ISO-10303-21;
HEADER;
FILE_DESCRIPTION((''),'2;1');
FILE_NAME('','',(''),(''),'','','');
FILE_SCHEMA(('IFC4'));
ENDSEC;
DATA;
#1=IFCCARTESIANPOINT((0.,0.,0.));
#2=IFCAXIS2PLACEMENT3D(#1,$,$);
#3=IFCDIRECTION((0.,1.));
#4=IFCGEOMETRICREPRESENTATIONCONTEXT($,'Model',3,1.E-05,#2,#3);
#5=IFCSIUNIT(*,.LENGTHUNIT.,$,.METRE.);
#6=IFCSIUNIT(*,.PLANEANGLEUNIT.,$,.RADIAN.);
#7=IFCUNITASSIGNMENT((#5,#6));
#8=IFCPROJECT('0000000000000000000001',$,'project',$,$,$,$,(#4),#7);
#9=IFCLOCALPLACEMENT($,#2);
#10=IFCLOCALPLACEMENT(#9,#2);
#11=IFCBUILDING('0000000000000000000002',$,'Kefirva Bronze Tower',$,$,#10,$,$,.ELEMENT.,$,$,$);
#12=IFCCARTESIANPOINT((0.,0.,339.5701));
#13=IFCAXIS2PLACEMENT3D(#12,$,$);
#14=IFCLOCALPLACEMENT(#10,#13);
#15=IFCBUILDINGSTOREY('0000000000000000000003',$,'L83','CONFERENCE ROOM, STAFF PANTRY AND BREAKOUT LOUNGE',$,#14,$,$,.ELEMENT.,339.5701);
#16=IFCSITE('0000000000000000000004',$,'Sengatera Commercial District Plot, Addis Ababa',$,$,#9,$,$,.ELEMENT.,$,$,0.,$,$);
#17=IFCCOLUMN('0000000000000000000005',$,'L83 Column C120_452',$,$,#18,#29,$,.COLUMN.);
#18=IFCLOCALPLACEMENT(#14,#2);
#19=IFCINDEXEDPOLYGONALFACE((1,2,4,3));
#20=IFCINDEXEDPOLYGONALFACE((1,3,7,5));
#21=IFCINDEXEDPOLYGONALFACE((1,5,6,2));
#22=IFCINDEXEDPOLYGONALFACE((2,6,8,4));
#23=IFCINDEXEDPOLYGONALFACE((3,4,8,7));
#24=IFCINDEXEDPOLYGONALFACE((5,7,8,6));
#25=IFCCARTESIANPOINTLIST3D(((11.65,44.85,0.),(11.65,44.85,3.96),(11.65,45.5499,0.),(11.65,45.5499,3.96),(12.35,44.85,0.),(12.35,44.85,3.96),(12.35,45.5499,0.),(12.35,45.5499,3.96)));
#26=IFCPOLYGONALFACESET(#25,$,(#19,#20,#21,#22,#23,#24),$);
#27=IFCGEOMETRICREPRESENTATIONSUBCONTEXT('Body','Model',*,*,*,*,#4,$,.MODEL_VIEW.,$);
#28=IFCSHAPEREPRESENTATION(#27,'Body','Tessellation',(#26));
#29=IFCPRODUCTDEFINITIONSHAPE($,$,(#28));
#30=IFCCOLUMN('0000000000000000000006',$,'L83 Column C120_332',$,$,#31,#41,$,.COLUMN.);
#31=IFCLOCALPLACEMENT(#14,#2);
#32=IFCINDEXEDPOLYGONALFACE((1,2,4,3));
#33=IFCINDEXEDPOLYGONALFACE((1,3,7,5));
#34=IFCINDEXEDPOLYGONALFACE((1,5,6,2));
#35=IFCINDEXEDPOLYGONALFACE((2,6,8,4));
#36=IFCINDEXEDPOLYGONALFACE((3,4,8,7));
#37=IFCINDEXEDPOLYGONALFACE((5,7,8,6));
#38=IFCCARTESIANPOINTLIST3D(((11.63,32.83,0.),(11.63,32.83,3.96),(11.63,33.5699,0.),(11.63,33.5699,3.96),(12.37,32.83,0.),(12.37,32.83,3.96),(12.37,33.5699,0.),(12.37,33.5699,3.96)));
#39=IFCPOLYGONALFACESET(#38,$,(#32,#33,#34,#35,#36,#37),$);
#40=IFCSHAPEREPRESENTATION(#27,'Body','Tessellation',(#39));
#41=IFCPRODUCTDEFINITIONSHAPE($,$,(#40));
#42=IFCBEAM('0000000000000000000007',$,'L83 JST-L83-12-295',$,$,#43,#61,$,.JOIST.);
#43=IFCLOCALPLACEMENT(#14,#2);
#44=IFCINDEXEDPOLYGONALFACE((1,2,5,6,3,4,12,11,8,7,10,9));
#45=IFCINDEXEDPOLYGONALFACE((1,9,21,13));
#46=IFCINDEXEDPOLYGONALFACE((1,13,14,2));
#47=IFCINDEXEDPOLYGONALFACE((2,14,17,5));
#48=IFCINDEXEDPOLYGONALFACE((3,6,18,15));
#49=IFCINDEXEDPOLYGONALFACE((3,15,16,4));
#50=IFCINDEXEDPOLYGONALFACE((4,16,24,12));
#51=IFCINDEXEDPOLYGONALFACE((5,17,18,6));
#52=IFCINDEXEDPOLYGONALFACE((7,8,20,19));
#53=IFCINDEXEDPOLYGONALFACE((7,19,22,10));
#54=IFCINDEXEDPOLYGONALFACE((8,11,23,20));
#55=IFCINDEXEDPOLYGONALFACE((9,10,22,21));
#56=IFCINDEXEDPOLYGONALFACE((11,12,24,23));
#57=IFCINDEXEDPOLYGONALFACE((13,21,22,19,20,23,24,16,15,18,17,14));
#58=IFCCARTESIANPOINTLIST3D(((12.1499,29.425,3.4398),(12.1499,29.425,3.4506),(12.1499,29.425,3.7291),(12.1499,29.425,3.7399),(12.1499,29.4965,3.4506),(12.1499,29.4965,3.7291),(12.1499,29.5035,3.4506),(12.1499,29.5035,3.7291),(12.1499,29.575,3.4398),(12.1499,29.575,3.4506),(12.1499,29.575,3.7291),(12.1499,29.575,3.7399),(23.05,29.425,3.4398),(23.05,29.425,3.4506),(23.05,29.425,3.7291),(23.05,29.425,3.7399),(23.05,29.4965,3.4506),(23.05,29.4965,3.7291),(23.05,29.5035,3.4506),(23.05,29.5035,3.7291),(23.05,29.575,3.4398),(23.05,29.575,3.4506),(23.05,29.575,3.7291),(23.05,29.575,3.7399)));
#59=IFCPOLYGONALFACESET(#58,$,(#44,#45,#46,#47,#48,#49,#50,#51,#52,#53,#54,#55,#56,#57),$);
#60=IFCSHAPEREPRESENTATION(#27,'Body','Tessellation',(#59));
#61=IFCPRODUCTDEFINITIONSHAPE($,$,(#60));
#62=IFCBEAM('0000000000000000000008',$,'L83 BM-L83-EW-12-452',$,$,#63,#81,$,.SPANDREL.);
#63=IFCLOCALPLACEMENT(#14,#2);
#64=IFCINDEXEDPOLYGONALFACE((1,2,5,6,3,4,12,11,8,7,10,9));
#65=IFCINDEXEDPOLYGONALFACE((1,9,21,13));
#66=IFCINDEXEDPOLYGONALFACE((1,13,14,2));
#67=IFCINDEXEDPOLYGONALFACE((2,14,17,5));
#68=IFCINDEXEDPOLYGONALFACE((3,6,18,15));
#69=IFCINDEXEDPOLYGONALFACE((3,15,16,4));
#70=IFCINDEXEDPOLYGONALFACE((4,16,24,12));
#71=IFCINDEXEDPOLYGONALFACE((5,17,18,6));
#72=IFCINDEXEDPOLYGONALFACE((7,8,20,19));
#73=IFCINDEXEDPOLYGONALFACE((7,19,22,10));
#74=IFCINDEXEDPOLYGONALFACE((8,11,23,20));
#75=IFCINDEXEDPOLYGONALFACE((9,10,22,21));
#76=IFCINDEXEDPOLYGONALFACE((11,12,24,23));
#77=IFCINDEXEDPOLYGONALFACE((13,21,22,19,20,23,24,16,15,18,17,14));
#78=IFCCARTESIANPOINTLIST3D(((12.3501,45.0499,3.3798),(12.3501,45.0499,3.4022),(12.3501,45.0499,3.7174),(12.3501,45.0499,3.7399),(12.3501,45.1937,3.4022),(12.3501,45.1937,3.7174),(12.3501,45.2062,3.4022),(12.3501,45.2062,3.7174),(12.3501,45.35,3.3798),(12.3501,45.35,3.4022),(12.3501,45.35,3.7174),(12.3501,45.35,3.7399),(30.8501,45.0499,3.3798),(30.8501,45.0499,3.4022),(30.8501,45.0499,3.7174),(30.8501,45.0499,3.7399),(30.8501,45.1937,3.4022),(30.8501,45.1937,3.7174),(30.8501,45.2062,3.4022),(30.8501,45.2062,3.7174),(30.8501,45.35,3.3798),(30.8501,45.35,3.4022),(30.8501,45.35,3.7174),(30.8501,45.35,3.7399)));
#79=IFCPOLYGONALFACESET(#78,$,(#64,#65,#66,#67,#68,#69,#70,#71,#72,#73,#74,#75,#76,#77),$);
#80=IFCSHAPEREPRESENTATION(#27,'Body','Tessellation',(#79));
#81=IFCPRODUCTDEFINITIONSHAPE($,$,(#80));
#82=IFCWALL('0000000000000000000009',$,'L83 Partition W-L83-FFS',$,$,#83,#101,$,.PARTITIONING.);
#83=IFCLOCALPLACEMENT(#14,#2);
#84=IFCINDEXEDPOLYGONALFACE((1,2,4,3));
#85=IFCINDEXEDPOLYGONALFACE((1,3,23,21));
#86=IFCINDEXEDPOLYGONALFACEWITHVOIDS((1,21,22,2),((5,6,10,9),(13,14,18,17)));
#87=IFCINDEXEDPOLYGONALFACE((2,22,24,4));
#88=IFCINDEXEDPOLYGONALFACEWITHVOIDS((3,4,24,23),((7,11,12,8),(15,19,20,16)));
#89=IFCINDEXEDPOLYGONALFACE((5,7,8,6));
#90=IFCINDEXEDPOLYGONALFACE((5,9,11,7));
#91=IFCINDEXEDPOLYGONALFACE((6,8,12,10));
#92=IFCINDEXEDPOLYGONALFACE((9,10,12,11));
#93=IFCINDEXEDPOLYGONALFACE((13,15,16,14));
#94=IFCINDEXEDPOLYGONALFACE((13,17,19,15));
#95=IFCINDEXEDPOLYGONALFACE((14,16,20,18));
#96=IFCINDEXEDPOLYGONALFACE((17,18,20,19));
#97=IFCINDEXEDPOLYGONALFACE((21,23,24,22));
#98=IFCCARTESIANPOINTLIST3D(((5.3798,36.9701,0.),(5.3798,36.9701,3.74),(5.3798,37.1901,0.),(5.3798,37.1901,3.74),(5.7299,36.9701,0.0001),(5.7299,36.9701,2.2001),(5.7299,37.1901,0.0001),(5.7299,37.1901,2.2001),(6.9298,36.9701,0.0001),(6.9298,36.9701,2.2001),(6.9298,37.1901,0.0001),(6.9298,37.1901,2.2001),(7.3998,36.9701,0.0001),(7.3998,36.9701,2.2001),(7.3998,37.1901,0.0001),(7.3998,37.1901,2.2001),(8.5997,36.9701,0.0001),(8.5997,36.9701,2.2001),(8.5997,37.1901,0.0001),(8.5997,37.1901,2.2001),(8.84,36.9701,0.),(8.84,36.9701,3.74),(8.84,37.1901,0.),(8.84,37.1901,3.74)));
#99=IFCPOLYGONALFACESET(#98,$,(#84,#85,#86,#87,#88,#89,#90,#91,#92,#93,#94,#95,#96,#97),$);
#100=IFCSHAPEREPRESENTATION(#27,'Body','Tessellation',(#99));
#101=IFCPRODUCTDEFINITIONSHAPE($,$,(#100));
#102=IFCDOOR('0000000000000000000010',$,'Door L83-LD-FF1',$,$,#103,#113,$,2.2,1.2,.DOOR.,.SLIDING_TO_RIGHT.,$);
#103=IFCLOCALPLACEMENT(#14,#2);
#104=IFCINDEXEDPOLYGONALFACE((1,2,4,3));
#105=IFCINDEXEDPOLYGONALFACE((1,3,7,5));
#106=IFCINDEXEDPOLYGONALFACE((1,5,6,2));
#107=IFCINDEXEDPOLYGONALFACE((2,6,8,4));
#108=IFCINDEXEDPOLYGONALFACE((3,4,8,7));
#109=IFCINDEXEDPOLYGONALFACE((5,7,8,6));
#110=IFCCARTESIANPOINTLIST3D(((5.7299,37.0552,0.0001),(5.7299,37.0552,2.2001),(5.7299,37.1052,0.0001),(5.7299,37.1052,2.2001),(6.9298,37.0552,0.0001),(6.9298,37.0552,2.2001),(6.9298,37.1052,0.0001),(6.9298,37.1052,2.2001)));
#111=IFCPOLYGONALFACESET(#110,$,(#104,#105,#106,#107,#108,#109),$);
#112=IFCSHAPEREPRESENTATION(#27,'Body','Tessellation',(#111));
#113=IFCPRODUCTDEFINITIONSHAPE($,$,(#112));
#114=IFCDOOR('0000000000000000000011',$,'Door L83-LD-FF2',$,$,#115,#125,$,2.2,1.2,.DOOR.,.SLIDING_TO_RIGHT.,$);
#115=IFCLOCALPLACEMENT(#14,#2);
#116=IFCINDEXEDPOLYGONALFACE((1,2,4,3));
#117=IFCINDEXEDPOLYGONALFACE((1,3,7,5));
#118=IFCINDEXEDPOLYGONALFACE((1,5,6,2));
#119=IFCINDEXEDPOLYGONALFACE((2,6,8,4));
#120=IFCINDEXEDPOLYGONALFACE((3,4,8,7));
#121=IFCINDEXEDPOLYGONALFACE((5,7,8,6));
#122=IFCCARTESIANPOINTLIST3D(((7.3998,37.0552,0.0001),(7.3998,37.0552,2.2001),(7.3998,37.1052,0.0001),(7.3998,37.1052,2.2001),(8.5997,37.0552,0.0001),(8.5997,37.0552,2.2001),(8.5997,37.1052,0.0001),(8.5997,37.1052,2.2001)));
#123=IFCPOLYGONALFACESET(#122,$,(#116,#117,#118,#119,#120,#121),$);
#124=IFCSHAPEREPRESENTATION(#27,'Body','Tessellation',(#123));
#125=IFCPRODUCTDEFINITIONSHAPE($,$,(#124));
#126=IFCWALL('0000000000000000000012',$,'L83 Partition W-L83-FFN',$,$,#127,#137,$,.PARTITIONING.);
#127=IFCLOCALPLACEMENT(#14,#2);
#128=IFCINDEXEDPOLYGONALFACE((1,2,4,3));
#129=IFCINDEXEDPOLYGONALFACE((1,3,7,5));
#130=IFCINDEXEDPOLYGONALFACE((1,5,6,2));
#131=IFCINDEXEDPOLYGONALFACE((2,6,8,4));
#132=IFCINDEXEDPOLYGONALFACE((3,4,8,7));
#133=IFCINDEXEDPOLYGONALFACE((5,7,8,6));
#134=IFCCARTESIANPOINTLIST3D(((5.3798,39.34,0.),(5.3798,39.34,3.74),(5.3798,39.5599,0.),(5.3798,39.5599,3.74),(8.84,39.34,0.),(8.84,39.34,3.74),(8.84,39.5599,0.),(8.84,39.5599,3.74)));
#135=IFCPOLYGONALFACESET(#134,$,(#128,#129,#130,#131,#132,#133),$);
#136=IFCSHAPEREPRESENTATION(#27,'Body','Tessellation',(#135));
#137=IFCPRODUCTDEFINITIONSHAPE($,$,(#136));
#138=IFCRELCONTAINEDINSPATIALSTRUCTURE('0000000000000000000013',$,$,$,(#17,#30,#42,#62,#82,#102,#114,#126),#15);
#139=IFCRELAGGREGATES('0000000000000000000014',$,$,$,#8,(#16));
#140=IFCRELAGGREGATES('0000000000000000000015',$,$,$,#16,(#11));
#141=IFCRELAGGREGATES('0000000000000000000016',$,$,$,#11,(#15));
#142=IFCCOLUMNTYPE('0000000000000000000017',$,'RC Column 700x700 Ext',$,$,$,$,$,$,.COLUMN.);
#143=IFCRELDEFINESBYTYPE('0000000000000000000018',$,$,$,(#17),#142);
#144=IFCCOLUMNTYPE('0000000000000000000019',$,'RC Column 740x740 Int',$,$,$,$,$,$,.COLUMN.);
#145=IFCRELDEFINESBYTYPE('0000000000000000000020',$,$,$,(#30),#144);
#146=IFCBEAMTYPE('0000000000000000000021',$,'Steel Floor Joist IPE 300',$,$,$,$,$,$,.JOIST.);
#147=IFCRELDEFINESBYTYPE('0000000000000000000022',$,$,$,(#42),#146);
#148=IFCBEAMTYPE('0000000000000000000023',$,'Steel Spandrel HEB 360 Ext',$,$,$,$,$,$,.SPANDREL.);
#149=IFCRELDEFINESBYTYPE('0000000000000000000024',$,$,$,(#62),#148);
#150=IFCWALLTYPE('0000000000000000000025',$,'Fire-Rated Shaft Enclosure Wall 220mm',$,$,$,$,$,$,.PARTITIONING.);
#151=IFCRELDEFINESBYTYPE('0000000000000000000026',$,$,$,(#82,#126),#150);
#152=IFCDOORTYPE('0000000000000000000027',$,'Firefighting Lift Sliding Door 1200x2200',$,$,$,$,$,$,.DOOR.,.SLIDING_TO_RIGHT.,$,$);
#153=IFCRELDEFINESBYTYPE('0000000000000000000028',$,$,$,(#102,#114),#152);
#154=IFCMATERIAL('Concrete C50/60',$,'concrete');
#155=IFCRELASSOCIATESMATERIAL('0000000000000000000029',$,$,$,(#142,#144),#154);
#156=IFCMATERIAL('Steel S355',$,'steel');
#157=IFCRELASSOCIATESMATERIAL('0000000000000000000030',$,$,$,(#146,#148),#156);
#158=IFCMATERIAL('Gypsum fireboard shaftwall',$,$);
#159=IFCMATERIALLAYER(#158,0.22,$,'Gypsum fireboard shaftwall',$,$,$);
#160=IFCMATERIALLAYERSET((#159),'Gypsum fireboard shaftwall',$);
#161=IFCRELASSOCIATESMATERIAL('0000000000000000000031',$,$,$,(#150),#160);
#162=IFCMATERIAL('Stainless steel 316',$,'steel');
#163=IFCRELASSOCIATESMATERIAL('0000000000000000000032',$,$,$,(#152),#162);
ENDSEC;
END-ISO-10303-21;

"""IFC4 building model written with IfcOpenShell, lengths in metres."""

from ifc_helpers import new_model, si_unit, direction, frame, frame_2d, origin, origin_2d, place, context, subcontext, project, spatial, rectangle, i_section, extrude, material, layer, layer_set, material_profile, profile_set, type_object, element, fill, save


model = new_model("IFC4")

# Units and contexts
model_context = context("Model", 3, precision=1e-05, world=origin(), true_north=direction((0.0, 1.0)))
body_context = subcontext(model_context, "Body", "Model", "MODEL_VIEW")
ifc_project = project(units=[si_unit("LENGTHUNIT", "METRE"), si_unit("PLANEANGLEUNIT", "RADIAN")], contexts=[model_context])

# Site, building, storey
site_placement = place(None, origin())
site = spatial("IfcSite", under=ifc_project, at=site_placement, Name="Sengatera Commercial District Plot, Addis Ababa", CompositionType="ELEMENT", RefElevation=0.0)
building_placement = place(site_placement, origin())
building = spatial("IfcBuilding", under=site, at=building_placement, Name="Kefirva Bronze Tower", CompositionType="ELEMENT")
storey_placement = place(building_placement, frame((0.0, 0.0, 339.5701)))
storey = spatial("IfcBuildingStorey", under=building, at=storey_placement, Name="L83", Description="CONFERENCE ROOM, STAFF PANTRY AND BREAKOUT LOUNGE", CompositionType="ELEMENT", Elevation=339.5701)

# Columns
ifc_material_1 = material(Name="Concrete C50/60", Category="concrete")
ifc_material_profile_1 = material_profile(ifc_material_1, rectangle(XDim=0.7, YDim=0.7, at=origin_2d()), Name="RC 700x700")
ifc_profile_set_1 = profile_set([ifc_material_profile_1], Name="Concrete C50/60")
column_type_1 = type_object("IfcColumnType", Name="RC Column 700x700 Ext", PredefinedType="COLUMN", material=ifc_profile_set_1)
column_1_placement = place(storey_placement, frame((12.0, 45.2, 0.0), z_axis=(0.0, 0.0, 1.0), x_axis=(1.0, 0.0, 0.0)))
element("IfcColumn", 1, at=column_1_placement, inside=storey, type_object=column_type_1, Name="L83 Column C120_452", PredefinedType="COLUMN", context=body_context, shape_type="SweptSolid", body=[
    extrude(rectangle(XDim=0.7, YDim=0.7, at=origin_2d()), origin(), (0.0, 0.0, 1.0), 3.96),
])
ifc_material_profile_2 = material_profile(ifc_material_1, rectangle(XDim=0.74, YDim=0.74, at=origin_2d()), Name="RC 740x740")
ifc_profile_set_2 = profile_set([ifc_material_profile_2], Name="Concrete C50/60")
column_type_2 = type_object("IfcColumnType", Name="RC Column 740x740 Int", PredefinedType="COLUMN", material=ifc_profile_set_2)
column_2_placement = place(storey_placement, frame((12.0, 33.2, 0.0), z_axis=(0.0, 0.0, 1.0), x_axis=(1.0, 0.0, 0.0)))
element("IfcColumn", 2, at=column_2_placement, inside=storey, type_object=column_type_2, Name="L83 Column C120_332", PredefinedType="COLUMN", context=body_context, shape_type="SweptSolid", body=[
    extrude(rectangle(XDim=0.74, YDim=0.74, at=origin_2d()), origin(), (0.0, 0.0, 1.0), 3.96),
])

# Beams
ifc_material_2 = material(Name="Steel S355", Category="steel")
ifc_material_profile_3 = material_profile(ifc_material_2, i_section(OverallWidth=0.1499, OverallDepth=0.3, WebThickness=0.0071, FlangeThickness=0.0107, at=origin_2d()), Name="IPE 300")
ifc_profile_set_3 = profile_set([ifc_material_profile_3], Name="Steel S355")
beam_type_1 = type_object("IfcBeamType", Name="Steel Floor Joist IPE 300", PredefinedType="JOIST", material=ifc_profile_set_3)
beam_1_placement = place(storey_placement, frame((12.1499, 29.5, 3.5898), z_axis=(1.0, 0.0, 0.0), x_axis=(0.0, 1.0, 0.0)))
element("IfcBeam", 3, at=beam_1_placement, inside=storey, type_object=beam_type_1, Name="L83 JST-L83-12-295", PredefinedType="JOIST", context=body_context, shape_type="SweptSolid", body=[
    extrude(i_section(OverallWidth=0.1499, OverallDepth=0.3, WebThickness=0.0071, FlangeThickness=0.0107, at=origin_2d()), origin(), (0.0, 0.0, 1.0), 10.9001),
])
ifc_material_profile_4 = material_profile(ifc_material_2, i_section(OverallWidth=0.3, OverallDepth=0.3601, WebThickness=0.0125, FlangeThickness=0.0225, at=origin_2d()), Name="HEB 360")
ifc_profile_set_4 = profile_set([ifc_material_profile_4], Name="Steel S355")
beam_type_2 = type_object("IfcBeamType", Name="Steel Spandrel HEB 360 Ext", PredefinedType="SPANDREL", material=ifc_profile_set_4)
beam_2_placement = place(storey_placement, frame((12.3501, 45.2, 3.5598), z_axis=(1.0, 0.0, 0.0), x_axis=(0.0, 1.0, 0.0)))
element("IfcBeam", 4, at=beam_2_placement, inside=storey, type_object=beam_type_2, Name="L83 BM-L83-EW-12-452", PredefinedType="SPANDREL", context=body_context, shape_type="SweptSolid", body=[
    extrude(i_section(OverallWidth=0.3, OverallDepth=0.3601, WebThickness=0.0125, FlangeThickness=0.0225, at=origin_2d()), origin(), (0.0, 0.0, 1.0), 18.5),
])

# Wall, openings, doors
ifc_material_3 = material(Name="Gypsum fireboard shaftwall")
ifc_layer_1 = layer(ifc_material_3, 0.22, Name="Gypsum fireboard shaftwall")
ifc_layer_set_1 = layer_set([ifc_layer_1], Name="Gypsum fireboard shaftwall")
wall_type_1 = type_object("IfcWallType", Name="Fire-Rated Shaft Enclosure Wall 220mm", PredefinedType="PARTITIONING", material=ifc_layer_set_1)
wall_1_placement = place(storey_placement, frame((5.3799, 37.0801, 0.0), z_axis=(0.0, 0.0, 1.0), x_axis=(1.0, 0.0, 0.0)))
wall_1 = element("IfcWall", 5, at=wall_1_placement, inside=storey, type_object=wall_type_1, Name="L83 Partition W-L83-FFS", PredefinedType="PARTITIONING", context=body_context, shape_type="SweptSolid", body=[
    extrude(rectangle(XDim=3.4602, YDim=0.22, at=frame_2d((1.73, 0.0))), origin(), (0.0, 0.0, 1.0), 3.74),
])
opening_1_placement = place(wall_1_placement, frame((1.55, 0.0, 0.0), z_axis=(0.0, 0.0, 1.0), x_axis=(-1.0, 0.0, 0.0)))
opening_1 = element("IfcOpeningElement", 6, at=opening_1_placement, cuts=wall_1, PredefinedType="OPENING", context=body_context, shape_type="SweptSolid", body=[
    extrude(rectangle(XDim=1.2, YDim=2.2, at=frame_2d((0.6001, 1.1001))), frame((0.0, 0.1201, 0.0), z_axis=(0.0, -1.0, 0.0), x_axis=(1.0, 0.0, 0.0)), (0.0, 0.0, 1.0), 0.24),
])
opening_2_placement = place(wall_1_placement, frame((3.22, 0.0, 0.0), z_axis=(0.0, 0.0, 1.0), x_axis=(-1.0, 0.0, 0.0)))
opening_2 = element("IfcOpeningElement", 7, at=opening_2_placement, cuts=wall_1, PredefinedType="OPENING", context=body_context, shape_type="SweptSolid", body=[
    extrude(rectangle(XDim=1.2, YDim=2.2, at=frame_2d((0.6001, 1.1001))), frame((0.0, 0.1201, 0.0), z_axis=(0.0, -1.0, 0.0), x_axis=(1.0, 0.0, 0.0)), (0.0, 0.0, 1.0), 0.24),
])
ifc_material_4 = material(Name="Stainless steel 316", Category="steel")
door_type_1 = type_object("IfcDoorType", Name="Firefighting Lift Sliding Door 1200x2200", OperationType="SLIDING_TO_RIGHT", PredefinedType="DOOR", material=ifc_material_4)
door_1_placement = place(opening_1_placement, origin())
door_1 = element("IfcDoor", 8, at=door_1_placement, inside=storey, type_object=door_type_1, Name="Door L83-LD-FF1", OperationType="SLIDING_TO_RIGHT", OverallHeight=2.2, OverallWidth=1.2, PredefinedType="DOOR", context=body_context, shape_type="SweptSolid", body=[
    extrude(rectangle(XDim=1.2, YDim=2.2, at=frame_2d((0.6001, 1.1001))), frame((0.0, 0.0249, 0.0), z_axis=(0.0, -1.0, 0.0), x_axis=(1.0, 0.0, 0.0)), (0.0, 0.0, 1.0), 0.05),
])
fill(opening_1, door_1)
door_2_placement = place(opening_2_placement, origin())
door_2 = element("IfcDoor", 9, at=door_2_placement, inside=storey, type_object=door_type_1, Name="Door L83-LD-FF2", OperationType="SLIDING_TO_RIGHT", OverallHeight=2.2, OverallWidth=1.2, PredefinedType="DOOR", context=body_context, shape_type="SweptSolid", body=[
    extrude(rectangle(XDim=1.2, YDim=2.2, at=frame_2d((0.6001, 1.1001))), frame((0.0, 0.0249, 0.0), z_axis=(0.0, -1.0, 0.0), x_axis=(1.0, 0.0, 0.0)), (0.0, 0.0, 1.0), 0.05),
])
fill(opening_2, door_2)

# Wall
wall_2_placement = place(storey_placement, frame((5.3799, 39.45, 0.0), z_axis=(0.0, 0.0, 1.0), x_axis=(1.0, 0.0, 0.0)))
element("IfcWall", 10, at=wall_2_placement, inside=storey, type_object=wall_type_1, Name="L83 Partition W-L83-FFN", PredefinedType="PARTITIONING", context=body_context, shape_type="SweptSolid", body=[
    extrude(rectangle(XDim=3.4602, YDim=0.22, at=frame_2d((1.73, 0.0))), origin(), (0.0, 0.0, 1.0), 3.74),
])

save(model, "model.ifc")
